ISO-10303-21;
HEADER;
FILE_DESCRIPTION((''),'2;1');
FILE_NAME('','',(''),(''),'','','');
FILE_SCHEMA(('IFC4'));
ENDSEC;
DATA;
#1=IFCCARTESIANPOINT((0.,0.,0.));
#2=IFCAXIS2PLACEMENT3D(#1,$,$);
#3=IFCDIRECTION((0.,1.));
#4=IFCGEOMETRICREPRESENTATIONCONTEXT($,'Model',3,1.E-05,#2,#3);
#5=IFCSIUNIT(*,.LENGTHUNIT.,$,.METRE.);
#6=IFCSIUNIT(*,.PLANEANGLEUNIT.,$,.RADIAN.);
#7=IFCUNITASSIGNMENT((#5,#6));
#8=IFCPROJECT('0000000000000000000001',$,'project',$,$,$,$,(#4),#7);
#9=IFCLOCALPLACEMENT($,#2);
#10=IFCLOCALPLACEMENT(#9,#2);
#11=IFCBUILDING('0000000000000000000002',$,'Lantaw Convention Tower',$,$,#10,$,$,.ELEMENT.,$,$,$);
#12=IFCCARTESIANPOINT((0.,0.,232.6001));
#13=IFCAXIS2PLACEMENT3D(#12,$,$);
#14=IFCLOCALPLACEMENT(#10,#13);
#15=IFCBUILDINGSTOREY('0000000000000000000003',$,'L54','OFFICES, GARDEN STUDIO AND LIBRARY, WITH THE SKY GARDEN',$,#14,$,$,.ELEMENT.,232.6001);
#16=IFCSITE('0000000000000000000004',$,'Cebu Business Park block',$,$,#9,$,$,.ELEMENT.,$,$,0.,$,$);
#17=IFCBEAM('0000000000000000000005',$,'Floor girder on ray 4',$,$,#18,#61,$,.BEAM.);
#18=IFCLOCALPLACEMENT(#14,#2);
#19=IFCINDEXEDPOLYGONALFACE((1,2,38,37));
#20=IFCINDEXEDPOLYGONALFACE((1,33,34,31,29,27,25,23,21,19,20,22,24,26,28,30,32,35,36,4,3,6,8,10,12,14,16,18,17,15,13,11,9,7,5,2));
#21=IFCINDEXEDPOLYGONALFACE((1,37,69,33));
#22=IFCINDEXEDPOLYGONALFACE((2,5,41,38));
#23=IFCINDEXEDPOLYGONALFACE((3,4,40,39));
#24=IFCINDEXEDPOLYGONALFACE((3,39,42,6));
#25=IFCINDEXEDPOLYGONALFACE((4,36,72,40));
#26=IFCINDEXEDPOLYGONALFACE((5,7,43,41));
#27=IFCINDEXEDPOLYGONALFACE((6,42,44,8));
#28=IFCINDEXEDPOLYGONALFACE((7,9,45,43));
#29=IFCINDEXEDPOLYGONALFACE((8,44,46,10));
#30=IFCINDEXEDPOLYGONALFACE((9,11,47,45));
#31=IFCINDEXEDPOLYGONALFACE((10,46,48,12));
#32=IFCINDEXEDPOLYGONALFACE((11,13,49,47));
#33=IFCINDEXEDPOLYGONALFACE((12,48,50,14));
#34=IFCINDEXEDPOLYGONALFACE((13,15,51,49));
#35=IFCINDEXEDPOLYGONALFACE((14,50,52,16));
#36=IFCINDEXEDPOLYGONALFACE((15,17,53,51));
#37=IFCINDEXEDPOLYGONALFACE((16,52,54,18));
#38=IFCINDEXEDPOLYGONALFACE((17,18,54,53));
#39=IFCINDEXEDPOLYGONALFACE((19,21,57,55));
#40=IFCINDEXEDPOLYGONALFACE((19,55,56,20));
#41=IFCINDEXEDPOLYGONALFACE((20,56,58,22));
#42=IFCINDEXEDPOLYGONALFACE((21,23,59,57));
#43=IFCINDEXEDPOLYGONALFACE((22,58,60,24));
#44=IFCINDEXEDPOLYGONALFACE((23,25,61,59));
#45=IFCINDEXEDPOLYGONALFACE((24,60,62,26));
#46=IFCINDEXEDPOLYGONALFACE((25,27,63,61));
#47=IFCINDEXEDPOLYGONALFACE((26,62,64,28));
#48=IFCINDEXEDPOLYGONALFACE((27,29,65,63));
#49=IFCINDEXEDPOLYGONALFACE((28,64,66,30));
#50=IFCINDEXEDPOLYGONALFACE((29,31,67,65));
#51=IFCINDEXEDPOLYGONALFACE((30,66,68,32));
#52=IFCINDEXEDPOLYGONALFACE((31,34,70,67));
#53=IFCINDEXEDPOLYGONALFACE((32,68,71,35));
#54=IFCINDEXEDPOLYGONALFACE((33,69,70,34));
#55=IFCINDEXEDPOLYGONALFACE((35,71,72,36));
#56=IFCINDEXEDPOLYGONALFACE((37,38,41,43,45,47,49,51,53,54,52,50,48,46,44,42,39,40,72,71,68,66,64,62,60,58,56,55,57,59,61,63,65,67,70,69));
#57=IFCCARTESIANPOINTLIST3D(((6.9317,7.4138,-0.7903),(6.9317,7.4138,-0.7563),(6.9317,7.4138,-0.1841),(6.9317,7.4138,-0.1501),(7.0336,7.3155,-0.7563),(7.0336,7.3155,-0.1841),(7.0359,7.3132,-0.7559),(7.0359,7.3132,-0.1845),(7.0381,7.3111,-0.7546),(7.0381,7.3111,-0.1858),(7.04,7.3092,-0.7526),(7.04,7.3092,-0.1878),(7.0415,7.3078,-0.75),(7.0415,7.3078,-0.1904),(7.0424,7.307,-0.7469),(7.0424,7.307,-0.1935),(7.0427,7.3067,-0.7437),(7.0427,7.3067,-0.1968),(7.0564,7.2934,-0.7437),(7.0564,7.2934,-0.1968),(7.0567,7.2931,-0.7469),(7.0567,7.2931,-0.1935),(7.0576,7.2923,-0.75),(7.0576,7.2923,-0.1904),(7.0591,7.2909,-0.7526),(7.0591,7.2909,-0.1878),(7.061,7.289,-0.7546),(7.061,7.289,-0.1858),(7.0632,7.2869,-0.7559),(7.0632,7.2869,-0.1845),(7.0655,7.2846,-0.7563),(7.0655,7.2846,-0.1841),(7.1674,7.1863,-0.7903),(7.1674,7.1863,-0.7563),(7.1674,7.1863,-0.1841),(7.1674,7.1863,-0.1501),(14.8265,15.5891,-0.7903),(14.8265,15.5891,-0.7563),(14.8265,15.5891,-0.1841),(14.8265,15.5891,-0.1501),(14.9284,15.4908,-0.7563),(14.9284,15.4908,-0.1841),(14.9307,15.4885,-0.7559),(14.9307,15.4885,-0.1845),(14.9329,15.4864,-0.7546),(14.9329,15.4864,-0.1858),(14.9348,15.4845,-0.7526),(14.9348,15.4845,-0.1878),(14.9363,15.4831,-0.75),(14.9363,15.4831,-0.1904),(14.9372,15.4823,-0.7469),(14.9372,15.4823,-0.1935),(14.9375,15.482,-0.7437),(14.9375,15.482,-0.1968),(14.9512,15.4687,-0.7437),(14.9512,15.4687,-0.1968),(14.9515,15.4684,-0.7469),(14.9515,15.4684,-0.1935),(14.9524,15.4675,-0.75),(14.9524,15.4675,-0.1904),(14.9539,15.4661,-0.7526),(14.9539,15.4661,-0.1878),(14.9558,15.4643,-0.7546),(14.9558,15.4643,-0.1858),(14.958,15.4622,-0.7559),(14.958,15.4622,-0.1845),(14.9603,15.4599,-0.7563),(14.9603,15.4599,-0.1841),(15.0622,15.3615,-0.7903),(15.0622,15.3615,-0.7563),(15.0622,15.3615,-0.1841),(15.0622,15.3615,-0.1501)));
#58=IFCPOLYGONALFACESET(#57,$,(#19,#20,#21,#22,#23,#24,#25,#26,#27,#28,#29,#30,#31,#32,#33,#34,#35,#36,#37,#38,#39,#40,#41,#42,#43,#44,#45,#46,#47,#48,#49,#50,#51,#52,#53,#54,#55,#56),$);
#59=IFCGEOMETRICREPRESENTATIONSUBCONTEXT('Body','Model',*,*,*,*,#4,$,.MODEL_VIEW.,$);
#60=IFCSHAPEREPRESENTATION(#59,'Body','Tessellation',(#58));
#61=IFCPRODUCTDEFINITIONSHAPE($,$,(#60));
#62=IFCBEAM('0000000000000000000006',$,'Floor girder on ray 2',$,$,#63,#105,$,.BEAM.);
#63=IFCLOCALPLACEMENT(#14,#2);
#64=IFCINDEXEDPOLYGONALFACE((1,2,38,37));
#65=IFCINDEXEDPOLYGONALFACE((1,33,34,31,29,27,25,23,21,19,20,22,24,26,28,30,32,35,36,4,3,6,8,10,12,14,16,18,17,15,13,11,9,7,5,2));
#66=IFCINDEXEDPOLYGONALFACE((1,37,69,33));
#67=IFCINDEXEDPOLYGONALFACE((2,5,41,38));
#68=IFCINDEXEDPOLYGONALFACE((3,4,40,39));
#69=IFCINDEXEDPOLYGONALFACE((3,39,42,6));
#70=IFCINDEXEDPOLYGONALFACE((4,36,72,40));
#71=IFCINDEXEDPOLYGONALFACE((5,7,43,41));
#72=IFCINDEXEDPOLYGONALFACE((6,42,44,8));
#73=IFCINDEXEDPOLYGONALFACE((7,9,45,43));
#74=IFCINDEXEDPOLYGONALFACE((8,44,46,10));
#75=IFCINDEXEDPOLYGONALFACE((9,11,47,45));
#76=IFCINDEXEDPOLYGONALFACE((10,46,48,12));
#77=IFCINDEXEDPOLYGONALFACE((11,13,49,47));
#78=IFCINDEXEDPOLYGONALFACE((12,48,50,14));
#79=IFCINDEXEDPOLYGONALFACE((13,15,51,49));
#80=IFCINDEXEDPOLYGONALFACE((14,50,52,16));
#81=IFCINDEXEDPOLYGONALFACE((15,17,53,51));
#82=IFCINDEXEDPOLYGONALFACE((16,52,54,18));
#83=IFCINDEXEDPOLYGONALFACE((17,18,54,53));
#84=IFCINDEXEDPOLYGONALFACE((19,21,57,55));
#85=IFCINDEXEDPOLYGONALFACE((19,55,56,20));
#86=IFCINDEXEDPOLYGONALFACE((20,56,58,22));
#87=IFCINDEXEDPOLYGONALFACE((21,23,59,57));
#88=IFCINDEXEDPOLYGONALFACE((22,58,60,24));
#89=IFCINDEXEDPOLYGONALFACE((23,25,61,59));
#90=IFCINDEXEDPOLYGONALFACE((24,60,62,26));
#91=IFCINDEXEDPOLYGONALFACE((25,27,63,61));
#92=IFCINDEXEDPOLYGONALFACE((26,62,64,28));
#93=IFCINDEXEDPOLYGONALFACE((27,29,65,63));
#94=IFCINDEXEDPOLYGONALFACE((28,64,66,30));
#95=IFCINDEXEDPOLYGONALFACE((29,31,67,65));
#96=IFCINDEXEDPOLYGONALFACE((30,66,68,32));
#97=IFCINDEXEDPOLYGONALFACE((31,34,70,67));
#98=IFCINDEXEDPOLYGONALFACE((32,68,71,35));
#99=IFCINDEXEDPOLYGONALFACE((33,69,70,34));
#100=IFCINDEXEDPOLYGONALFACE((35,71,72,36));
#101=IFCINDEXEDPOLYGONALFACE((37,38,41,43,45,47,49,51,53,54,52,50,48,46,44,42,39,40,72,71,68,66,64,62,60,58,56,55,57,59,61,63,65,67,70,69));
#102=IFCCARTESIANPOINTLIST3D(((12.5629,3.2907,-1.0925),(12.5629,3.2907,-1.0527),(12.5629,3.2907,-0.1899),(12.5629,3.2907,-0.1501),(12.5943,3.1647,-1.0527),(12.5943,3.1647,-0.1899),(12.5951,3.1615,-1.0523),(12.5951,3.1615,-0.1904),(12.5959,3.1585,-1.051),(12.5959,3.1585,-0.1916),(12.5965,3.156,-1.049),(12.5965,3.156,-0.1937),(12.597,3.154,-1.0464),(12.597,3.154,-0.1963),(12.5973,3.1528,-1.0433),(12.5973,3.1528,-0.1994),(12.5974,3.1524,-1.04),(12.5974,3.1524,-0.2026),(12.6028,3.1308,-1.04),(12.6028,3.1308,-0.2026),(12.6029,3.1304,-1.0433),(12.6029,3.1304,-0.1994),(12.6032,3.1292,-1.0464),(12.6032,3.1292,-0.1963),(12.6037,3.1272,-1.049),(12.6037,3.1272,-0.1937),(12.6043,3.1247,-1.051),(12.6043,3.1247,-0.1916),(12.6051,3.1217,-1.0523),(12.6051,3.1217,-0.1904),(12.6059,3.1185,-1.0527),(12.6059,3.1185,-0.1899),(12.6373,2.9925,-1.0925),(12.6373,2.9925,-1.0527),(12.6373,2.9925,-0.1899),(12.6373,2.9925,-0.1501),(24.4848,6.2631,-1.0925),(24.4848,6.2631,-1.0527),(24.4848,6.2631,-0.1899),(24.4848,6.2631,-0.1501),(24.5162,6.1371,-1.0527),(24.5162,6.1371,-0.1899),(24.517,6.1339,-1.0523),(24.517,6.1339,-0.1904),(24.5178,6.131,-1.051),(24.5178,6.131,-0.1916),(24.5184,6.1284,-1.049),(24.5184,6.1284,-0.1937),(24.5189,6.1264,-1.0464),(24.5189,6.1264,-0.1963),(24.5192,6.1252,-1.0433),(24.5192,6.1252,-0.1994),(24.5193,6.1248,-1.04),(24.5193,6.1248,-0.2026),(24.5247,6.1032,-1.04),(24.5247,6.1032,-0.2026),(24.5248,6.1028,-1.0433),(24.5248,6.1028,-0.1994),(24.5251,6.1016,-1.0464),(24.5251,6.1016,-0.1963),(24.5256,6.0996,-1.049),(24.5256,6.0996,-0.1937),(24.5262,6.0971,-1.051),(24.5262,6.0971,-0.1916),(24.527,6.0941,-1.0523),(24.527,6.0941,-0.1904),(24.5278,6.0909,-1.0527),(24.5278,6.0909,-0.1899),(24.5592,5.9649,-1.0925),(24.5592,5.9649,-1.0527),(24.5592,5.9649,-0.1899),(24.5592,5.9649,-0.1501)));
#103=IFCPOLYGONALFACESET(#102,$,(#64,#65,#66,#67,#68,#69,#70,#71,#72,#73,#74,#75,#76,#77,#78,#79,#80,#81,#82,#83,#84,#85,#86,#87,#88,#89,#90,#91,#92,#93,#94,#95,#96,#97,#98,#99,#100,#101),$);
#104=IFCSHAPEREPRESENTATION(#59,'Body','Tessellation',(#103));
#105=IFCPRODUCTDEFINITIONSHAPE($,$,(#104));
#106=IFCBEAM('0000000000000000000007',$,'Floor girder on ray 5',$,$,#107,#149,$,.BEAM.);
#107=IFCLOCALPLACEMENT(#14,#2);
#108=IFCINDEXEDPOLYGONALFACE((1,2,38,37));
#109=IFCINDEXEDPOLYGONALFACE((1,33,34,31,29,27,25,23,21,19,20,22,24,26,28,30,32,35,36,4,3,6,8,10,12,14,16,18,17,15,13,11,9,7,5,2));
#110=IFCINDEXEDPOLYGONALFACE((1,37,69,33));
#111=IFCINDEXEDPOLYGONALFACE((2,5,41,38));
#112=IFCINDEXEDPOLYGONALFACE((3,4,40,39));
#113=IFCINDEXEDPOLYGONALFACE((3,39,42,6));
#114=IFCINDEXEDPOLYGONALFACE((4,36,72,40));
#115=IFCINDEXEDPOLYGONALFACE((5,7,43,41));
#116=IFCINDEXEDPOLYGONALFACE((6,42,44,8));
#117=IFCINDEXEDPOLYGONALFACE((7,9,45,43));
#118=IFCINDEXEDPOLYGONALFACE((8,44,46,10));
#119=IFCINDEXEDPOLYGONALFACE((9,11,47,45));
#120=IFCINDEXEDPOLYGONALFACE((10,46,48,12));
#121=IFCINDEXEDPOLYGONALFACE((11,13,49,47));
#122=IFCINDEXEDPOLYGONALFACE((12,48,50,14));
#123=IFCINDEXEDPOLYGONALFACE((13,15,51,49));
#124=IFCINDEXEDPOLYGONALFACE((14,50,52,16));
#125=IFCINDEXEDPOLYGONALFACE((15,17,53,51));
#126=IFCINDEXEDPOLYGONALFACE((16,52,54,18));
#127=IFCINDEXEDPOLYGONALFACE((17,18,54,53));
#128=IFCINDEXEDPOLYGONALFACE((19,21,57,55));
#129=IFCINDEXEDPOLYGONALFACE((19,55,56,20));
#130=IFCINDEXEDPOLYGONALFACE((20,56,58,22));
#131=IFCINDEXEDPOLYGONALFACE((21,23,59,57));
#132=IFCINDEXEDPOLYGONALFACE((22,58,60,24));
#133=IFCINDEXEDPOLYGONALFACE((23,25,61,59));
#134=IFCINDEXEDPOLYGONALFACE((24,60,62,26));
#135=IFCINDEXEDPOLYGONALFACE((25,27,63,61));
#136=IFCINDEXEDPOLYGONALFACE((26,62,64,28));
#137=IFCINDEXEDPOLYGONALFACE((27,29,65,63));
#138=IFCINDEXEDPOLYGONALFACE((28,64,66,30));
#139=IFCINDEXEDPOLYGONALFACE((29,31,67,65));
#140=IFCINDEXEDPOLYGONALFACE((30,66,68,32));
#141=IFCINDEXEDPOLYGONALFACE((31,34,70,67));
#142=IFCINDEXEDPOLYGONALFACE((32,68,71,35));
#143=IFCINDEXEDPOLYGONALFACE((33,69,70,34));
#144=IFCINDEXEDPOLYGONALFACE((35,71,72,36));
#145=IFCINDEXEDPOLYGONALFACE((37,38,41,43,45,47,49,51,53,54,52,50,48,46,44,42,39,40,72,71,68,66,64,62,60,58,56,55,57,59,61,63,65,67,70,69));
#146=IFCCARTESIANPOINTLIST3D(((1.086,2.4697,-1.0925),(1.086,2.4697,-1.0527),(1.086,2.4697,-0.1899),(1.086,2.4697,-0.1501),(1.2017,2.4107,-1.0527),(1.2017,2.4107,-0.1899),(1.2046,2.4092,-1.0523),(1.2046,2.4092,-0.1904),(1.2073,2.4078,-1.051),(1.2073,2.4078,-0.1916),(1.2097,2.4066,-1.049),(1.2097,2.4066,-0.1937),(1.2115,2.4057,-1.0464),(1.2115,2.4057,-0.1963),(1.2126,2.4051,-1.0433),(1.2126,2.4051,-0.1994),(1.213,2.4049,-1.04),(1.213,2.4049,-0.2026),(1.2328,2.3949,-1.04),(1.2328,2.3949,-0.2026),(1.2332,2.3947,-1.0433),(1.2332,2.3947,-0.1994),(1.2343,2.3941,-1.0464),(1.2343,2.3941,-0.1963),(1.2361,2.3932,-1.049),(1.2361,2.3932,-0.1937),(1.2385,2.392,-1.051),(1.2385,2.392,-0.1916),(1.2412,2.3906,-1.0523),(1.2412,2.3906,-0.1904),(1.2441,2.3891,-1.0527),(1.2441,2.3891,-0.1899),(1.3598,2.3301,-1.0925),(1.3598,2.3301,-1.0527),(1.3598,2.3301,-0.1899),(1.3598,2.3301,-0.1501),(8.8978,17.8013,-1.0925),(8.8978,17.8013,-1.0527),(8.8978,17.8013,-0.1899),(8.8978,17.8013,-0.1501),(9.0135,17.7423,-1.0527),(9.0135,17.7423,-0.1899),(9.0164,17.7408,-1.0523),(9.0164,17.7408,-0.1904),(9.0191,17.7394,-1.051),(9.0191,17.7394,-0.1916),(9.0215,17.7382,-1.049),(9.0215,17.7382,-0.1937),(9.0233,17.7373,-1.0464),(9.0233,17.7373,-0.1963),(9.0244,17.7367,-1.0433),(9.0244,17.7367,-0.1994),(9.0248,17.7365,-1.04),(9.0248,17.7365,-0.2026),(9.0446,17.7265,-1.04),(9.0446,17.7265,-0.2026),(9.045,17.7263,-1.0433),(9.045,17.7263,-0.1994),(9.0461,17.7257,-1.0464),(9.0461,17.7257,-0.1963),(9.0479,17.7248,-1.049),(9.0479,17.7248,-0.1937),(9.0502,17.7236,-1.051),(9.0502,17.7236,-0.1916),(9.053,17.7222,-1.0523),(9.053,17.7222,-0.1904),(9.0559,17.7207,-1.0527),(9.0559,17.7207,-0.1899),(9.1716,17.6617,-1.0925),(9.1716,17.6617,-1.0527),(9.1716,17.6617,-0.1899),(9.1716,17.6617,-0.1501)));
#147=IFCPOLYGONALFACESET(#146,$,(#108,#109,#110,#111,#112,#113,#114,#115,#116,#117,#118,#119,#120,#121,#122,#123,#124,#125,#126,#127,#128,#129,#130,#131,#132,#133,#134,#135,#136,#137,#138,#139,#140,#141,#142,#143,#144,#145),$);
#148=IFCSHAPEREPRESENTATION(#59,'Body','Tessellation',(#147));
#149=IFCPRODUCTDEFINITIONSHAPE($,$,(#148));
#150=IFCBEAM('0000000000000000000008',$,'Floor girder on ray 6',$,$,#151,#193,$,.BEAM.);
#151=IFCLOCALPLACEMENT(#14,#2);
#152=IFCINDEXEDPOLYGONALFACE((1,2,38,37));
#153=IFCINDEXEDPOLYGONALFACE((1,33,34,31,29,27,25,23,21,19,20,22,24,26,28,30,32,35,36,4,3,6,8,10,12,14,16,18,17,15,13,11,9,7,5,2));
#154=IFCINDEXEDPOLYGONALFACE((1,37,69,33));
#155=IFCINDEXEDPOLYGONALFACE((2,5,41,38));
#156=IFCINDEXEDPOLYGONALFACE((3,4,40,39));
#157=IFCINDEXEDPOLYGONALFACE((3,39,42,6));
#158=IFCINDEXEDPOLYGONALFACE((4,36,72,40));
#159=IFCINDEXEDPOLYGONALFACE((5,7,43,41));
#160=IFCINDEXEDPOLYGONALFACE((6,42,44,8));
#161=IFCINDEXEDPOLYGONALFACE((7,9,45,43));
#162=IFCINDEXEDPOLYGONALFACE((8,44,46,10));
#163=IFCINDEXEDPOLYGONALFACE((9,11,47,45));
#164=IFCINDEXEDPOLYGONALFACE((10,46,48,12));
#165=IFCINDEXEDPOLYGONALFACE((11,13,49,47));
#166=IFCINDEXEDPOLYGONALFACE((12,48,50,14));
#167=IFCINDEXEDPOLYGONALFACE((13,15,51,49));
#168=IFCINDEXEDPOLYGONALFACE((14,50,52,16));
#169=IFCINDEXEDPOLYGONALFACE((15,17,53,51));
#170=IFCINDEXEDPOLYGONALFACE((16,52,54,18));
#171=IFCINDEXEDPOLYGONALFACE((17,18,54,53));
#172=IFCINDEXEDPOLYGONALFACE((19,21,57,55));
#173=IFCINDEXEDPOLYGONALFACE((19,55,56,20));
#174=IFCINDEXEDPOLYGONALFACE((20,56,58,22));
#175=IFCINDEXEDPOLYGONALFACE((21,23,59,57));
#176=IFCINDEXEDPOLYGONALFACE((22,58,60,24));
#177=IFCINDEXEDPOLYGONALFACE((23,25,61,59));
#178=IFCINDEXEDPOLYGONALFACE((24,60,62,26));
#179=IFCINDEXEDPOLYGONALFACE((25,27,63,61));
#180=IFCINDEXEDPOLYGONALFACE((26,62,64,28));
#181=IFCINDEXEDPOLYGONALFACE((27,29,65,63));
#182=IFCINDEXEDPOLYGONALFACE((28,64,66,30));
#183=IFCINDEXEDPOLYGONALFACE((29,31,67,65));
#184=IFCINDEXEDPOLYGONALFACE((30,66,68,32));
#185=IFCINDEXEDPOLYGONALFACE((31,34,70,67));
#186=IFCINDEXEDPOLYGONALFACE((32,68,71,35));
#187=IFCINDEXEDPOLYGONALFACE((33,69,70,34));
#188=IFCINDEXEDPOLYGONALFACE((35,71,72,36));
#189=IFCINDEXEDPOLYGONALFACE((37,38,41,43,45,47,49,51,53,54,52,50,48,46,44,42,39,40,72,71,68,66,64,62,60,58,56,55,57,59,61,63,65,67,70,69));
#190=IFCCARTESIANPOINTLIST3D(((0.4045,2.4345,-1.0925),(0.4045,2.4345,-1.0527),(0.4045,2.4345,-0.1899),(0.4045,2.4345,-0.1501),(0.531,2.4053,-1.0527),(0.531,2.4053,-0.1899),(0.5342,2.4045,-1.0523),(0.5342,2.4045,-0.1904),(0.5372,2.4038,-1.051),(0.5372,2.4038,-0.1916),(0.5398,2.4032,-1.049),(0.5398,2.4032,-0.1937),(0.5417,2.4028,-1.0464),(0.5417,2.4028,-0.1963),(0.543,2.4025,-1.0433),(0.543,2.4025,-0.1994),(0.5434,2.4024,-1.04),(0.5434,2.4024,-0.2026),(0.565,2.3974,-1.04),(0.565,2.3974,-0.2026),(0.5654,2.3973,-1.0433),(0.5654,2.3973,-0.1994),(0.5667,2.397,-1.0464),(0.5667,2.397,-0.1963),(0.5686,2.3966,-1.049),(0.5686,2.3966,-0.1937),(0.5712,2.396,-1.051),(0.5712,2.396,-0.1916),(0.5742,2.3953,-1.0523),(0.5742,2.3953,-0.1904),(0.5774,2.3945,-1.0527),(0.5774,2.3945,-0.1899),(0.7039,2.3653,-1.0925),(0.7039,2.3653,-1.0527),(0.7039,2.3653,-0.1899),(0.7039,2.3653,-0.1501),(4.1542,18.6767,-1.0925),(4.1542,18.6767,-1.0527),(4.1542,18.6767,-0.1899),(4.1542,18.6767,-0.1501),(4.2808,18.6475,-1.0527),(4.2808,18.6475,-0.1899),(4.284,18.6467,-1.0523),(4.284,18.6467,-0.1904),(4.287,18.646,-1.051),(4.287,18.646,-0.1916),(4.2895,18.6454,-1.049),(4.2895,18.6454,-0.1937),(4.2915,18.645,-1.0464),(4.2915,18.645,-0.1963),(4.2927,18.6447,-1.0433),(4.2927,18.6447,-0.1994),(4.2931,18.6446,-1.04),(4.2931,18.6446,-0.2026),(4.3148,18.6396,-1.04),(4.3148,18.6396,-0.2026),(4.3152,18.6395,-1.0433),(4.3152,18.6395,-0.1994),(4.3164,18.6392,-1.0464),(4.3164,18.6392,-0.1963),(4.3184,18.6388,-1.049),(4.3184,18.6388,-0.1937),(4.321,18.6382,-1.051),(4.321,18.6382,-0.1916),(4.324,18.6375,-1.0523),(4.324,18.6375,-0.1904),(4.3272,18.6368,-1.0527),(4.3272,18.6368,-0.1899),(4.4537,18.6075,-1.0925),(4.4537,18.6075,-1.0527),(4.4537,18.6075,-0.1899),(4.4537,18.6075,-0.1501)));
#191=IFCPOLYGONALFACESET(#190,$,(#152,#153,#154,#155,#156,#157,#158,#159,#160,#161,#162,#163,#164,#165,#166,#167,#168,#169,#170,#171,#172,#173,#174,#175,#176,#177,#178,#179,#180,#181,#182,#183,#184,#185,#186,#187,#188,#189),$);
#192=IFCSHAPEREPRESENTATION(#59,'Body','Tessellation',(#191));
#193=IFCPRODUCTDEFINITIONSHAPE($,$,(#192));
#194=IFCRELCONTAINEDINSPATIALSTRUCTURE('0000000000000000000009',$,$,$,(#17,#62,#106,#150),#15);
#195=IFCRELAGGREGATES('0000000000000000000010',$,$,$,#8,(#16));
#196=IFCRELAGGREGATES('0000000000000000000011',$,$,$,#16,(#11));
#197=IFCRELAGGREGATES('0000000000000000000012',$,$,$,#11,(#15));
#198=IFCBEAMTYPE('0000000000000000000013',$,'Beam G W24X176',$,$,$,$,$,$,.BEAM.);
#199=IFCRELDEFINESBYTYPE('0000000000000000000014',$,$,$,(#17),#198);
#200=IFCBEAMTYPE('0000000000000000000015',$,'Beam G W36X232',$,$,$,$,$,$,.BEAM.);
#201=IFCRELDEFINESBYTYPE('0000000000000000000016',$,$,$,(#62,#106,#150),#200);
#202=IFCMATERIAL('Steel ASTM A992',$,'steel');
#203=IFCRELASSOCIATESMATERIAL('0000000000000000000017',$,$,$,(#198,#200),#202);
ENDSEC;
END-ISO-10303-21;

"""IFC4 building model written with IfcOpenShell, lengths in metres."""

from ifc_helpers import new_model, si_unit, direction, frame, origin, origin_2d, place, context, subcontext, project, spatial, i_section, extrude, material, material_profile, profile_set, type_object, element, save


model = new_model("IFC4")

# Units and contexts
model_context = context("Model", 3, precision=1e-05, world=origin(), true_north=direction((0.0, 1.0)))
body_context = subcontext(model_context, "Body", "Model", "MODEL_VIEW")
ifc_project = project(units=[si_unit("LENGTHUNIT", "METRE"), si_unit("PLANEANGLEUNIT", "RADIAN")], contexts=[model_context])

# Site, building, storey
site_placement = place(None, origin())
site = spatial("IfcSite", under=ifc_project, at=site_placement, Name="Cebu Business Park block", CompositionType="ELEMENT", RefElevation=0.0)
building_placement = place(site_placement, origin())
building = spatial("IfcBuilding", under=site, at=building_placement, Name="Lantaw Convention Tower", CompositionType="ELEMENT")
storey_placement = place(building_placement, frame((0.0, 0.0, 232.6001)))
storey = spatial("IfcBuildingStorey", under=building, at=storey_placement, Name="L54", Description="OFFICES, GARDEN STUDIO AND LIBRARY, WITH THE SKY GARDEN", CompositionType="ELEMENT", Elevation=232.6001)

# Beams
ifc_material_1 = material(Name="Steel ASTM A992", Category="steel")
ifc_material_profile_1 = material_profile(ifc_material_1, i_section(OverallWidth=0.3276, OverallDepth=0.6401, WebThickness=0.019, FlangeThickness=0.0339, FilletRadius=0.0127, at=origin_2d()), Name="W24X176")
ifc_profile_set_1 = profile_set([ifc_material_profile_1], Name="Steel ASTM A992")
beam_type_1 = type_object("IfcBeamType", Name="Beam G W24X176", PredefinedType="BEAM", material=ifc_profile_set_1)
beam_1_placement = place(storey_placement, frame((7.0496, 7.3, -0.4702), z_axis=(0.694658, 0.71934, 0.0), x_axis=(-0.71934, 0.694658, 0.0)))
element("IfcBeam", 1, at=beam_1_placement, inside=storey, type_object=beam_type_1, Name="Floor girder on ray 4", PredefinedType="BEAM", context=body_context, shape_type="SweptSolid", body=[
    extrude(i_section(OverallWidth=0.3276, OverallDepth=0.6401, WebThickness=0.019, FlangeThickness=0.0339, FilletRadius=0.0127, at=origin_2d()), origin(), (0.0, 0.0, 1.0), 11.365),
])
ifc_material_profile_2 = material_profile(ifc_material_1, i_section(OverallWidth=0.3074, OverallDepth=0.9424, WebThickness=0.0222, FlangeThickness=0.0398, FilletRadius=0.0127, at=origin_2d()), Name="W36X232")
ifc_profile_set_2 = profile_set([ifc_material_profile_2], Name="Steel ASTM A992")
beam_type_2 = type_object("IfcBeamType", Name="Beam G W36X232", PredefinedType="BEAM", material=ifc_profile_set_2)
beam_2_placement = place(storey_placement, frame((12.6001, 3.1416, -0.6213), z_axis=(0.970297, 0.241918, 0.0), x_axis=(-0.241918, 0.970297, 0.0)))
element("IfcBeam", 2, at=beam_2_placement, inside=storey, type_object=beam_type_2, Name="Floor girder on ray 2", PredefinedType="BEAM", context=body_context, shape_type="SweptSolid", body=[
    extrude(i_section(OverallWidth=0.3074, OverallDepth=0.9424, WebThickness=0.0222, FlangeThickness=0.0398, FilletRadius=0.0127, at=origin_2d()), origin(), (0.0, 0.0, 1.0), 12.2869),
])
beam_3_placement = place(storey_placement, frame((1.2229, 2.3999, -0.6213), z_axis=(0.453988, 0.891008, 0.0), x_axis=(-0.891008, 0.453988, 0.0)))
element("IfcBeam", 3, at=beam_3_placement, inside=storey, type_object=beam_type_2, Name="Floor girder on ray 5", PredefinedType="BEAM", context=body_context, shape_type="SweptSolid", body=[
    extrude(i_section(OverallWidth=0.3074, OverallDepth=0.9424, WebThickness=0.0222, FlangeThickness=0.0398, FilletRadius=0.0127, at=origin_2d()), origin(), (0.0, 0.0, 1.0), 17.207),
])
beam_4_placement = place(storey_placement, frame((0.5542, 2.3999, -0.6213), z_axis=(0.224948, 0.974371, 0.0), x_axis=(-0.974371, 0.224948, 0.0)))
element("IfcBeam", 4, at=beam_4_placement, inside=storey, type_object=beam_type_2, Name="Floor girder on ray 6", PredefinedType="BEAM", context=body_context, shape_type="SweptSolid", body=[
    extrude(i_section(OverallWidth=0.3074, OverallDepth=0.9424, WebThickness=0.0222, FlangeThickness=0.0398, FilletRadius=0.0127, at=origin_2d()), origin(), (0.0, 0.0, 1.0), 16.6694),
])

save(model, "model.ifc")
